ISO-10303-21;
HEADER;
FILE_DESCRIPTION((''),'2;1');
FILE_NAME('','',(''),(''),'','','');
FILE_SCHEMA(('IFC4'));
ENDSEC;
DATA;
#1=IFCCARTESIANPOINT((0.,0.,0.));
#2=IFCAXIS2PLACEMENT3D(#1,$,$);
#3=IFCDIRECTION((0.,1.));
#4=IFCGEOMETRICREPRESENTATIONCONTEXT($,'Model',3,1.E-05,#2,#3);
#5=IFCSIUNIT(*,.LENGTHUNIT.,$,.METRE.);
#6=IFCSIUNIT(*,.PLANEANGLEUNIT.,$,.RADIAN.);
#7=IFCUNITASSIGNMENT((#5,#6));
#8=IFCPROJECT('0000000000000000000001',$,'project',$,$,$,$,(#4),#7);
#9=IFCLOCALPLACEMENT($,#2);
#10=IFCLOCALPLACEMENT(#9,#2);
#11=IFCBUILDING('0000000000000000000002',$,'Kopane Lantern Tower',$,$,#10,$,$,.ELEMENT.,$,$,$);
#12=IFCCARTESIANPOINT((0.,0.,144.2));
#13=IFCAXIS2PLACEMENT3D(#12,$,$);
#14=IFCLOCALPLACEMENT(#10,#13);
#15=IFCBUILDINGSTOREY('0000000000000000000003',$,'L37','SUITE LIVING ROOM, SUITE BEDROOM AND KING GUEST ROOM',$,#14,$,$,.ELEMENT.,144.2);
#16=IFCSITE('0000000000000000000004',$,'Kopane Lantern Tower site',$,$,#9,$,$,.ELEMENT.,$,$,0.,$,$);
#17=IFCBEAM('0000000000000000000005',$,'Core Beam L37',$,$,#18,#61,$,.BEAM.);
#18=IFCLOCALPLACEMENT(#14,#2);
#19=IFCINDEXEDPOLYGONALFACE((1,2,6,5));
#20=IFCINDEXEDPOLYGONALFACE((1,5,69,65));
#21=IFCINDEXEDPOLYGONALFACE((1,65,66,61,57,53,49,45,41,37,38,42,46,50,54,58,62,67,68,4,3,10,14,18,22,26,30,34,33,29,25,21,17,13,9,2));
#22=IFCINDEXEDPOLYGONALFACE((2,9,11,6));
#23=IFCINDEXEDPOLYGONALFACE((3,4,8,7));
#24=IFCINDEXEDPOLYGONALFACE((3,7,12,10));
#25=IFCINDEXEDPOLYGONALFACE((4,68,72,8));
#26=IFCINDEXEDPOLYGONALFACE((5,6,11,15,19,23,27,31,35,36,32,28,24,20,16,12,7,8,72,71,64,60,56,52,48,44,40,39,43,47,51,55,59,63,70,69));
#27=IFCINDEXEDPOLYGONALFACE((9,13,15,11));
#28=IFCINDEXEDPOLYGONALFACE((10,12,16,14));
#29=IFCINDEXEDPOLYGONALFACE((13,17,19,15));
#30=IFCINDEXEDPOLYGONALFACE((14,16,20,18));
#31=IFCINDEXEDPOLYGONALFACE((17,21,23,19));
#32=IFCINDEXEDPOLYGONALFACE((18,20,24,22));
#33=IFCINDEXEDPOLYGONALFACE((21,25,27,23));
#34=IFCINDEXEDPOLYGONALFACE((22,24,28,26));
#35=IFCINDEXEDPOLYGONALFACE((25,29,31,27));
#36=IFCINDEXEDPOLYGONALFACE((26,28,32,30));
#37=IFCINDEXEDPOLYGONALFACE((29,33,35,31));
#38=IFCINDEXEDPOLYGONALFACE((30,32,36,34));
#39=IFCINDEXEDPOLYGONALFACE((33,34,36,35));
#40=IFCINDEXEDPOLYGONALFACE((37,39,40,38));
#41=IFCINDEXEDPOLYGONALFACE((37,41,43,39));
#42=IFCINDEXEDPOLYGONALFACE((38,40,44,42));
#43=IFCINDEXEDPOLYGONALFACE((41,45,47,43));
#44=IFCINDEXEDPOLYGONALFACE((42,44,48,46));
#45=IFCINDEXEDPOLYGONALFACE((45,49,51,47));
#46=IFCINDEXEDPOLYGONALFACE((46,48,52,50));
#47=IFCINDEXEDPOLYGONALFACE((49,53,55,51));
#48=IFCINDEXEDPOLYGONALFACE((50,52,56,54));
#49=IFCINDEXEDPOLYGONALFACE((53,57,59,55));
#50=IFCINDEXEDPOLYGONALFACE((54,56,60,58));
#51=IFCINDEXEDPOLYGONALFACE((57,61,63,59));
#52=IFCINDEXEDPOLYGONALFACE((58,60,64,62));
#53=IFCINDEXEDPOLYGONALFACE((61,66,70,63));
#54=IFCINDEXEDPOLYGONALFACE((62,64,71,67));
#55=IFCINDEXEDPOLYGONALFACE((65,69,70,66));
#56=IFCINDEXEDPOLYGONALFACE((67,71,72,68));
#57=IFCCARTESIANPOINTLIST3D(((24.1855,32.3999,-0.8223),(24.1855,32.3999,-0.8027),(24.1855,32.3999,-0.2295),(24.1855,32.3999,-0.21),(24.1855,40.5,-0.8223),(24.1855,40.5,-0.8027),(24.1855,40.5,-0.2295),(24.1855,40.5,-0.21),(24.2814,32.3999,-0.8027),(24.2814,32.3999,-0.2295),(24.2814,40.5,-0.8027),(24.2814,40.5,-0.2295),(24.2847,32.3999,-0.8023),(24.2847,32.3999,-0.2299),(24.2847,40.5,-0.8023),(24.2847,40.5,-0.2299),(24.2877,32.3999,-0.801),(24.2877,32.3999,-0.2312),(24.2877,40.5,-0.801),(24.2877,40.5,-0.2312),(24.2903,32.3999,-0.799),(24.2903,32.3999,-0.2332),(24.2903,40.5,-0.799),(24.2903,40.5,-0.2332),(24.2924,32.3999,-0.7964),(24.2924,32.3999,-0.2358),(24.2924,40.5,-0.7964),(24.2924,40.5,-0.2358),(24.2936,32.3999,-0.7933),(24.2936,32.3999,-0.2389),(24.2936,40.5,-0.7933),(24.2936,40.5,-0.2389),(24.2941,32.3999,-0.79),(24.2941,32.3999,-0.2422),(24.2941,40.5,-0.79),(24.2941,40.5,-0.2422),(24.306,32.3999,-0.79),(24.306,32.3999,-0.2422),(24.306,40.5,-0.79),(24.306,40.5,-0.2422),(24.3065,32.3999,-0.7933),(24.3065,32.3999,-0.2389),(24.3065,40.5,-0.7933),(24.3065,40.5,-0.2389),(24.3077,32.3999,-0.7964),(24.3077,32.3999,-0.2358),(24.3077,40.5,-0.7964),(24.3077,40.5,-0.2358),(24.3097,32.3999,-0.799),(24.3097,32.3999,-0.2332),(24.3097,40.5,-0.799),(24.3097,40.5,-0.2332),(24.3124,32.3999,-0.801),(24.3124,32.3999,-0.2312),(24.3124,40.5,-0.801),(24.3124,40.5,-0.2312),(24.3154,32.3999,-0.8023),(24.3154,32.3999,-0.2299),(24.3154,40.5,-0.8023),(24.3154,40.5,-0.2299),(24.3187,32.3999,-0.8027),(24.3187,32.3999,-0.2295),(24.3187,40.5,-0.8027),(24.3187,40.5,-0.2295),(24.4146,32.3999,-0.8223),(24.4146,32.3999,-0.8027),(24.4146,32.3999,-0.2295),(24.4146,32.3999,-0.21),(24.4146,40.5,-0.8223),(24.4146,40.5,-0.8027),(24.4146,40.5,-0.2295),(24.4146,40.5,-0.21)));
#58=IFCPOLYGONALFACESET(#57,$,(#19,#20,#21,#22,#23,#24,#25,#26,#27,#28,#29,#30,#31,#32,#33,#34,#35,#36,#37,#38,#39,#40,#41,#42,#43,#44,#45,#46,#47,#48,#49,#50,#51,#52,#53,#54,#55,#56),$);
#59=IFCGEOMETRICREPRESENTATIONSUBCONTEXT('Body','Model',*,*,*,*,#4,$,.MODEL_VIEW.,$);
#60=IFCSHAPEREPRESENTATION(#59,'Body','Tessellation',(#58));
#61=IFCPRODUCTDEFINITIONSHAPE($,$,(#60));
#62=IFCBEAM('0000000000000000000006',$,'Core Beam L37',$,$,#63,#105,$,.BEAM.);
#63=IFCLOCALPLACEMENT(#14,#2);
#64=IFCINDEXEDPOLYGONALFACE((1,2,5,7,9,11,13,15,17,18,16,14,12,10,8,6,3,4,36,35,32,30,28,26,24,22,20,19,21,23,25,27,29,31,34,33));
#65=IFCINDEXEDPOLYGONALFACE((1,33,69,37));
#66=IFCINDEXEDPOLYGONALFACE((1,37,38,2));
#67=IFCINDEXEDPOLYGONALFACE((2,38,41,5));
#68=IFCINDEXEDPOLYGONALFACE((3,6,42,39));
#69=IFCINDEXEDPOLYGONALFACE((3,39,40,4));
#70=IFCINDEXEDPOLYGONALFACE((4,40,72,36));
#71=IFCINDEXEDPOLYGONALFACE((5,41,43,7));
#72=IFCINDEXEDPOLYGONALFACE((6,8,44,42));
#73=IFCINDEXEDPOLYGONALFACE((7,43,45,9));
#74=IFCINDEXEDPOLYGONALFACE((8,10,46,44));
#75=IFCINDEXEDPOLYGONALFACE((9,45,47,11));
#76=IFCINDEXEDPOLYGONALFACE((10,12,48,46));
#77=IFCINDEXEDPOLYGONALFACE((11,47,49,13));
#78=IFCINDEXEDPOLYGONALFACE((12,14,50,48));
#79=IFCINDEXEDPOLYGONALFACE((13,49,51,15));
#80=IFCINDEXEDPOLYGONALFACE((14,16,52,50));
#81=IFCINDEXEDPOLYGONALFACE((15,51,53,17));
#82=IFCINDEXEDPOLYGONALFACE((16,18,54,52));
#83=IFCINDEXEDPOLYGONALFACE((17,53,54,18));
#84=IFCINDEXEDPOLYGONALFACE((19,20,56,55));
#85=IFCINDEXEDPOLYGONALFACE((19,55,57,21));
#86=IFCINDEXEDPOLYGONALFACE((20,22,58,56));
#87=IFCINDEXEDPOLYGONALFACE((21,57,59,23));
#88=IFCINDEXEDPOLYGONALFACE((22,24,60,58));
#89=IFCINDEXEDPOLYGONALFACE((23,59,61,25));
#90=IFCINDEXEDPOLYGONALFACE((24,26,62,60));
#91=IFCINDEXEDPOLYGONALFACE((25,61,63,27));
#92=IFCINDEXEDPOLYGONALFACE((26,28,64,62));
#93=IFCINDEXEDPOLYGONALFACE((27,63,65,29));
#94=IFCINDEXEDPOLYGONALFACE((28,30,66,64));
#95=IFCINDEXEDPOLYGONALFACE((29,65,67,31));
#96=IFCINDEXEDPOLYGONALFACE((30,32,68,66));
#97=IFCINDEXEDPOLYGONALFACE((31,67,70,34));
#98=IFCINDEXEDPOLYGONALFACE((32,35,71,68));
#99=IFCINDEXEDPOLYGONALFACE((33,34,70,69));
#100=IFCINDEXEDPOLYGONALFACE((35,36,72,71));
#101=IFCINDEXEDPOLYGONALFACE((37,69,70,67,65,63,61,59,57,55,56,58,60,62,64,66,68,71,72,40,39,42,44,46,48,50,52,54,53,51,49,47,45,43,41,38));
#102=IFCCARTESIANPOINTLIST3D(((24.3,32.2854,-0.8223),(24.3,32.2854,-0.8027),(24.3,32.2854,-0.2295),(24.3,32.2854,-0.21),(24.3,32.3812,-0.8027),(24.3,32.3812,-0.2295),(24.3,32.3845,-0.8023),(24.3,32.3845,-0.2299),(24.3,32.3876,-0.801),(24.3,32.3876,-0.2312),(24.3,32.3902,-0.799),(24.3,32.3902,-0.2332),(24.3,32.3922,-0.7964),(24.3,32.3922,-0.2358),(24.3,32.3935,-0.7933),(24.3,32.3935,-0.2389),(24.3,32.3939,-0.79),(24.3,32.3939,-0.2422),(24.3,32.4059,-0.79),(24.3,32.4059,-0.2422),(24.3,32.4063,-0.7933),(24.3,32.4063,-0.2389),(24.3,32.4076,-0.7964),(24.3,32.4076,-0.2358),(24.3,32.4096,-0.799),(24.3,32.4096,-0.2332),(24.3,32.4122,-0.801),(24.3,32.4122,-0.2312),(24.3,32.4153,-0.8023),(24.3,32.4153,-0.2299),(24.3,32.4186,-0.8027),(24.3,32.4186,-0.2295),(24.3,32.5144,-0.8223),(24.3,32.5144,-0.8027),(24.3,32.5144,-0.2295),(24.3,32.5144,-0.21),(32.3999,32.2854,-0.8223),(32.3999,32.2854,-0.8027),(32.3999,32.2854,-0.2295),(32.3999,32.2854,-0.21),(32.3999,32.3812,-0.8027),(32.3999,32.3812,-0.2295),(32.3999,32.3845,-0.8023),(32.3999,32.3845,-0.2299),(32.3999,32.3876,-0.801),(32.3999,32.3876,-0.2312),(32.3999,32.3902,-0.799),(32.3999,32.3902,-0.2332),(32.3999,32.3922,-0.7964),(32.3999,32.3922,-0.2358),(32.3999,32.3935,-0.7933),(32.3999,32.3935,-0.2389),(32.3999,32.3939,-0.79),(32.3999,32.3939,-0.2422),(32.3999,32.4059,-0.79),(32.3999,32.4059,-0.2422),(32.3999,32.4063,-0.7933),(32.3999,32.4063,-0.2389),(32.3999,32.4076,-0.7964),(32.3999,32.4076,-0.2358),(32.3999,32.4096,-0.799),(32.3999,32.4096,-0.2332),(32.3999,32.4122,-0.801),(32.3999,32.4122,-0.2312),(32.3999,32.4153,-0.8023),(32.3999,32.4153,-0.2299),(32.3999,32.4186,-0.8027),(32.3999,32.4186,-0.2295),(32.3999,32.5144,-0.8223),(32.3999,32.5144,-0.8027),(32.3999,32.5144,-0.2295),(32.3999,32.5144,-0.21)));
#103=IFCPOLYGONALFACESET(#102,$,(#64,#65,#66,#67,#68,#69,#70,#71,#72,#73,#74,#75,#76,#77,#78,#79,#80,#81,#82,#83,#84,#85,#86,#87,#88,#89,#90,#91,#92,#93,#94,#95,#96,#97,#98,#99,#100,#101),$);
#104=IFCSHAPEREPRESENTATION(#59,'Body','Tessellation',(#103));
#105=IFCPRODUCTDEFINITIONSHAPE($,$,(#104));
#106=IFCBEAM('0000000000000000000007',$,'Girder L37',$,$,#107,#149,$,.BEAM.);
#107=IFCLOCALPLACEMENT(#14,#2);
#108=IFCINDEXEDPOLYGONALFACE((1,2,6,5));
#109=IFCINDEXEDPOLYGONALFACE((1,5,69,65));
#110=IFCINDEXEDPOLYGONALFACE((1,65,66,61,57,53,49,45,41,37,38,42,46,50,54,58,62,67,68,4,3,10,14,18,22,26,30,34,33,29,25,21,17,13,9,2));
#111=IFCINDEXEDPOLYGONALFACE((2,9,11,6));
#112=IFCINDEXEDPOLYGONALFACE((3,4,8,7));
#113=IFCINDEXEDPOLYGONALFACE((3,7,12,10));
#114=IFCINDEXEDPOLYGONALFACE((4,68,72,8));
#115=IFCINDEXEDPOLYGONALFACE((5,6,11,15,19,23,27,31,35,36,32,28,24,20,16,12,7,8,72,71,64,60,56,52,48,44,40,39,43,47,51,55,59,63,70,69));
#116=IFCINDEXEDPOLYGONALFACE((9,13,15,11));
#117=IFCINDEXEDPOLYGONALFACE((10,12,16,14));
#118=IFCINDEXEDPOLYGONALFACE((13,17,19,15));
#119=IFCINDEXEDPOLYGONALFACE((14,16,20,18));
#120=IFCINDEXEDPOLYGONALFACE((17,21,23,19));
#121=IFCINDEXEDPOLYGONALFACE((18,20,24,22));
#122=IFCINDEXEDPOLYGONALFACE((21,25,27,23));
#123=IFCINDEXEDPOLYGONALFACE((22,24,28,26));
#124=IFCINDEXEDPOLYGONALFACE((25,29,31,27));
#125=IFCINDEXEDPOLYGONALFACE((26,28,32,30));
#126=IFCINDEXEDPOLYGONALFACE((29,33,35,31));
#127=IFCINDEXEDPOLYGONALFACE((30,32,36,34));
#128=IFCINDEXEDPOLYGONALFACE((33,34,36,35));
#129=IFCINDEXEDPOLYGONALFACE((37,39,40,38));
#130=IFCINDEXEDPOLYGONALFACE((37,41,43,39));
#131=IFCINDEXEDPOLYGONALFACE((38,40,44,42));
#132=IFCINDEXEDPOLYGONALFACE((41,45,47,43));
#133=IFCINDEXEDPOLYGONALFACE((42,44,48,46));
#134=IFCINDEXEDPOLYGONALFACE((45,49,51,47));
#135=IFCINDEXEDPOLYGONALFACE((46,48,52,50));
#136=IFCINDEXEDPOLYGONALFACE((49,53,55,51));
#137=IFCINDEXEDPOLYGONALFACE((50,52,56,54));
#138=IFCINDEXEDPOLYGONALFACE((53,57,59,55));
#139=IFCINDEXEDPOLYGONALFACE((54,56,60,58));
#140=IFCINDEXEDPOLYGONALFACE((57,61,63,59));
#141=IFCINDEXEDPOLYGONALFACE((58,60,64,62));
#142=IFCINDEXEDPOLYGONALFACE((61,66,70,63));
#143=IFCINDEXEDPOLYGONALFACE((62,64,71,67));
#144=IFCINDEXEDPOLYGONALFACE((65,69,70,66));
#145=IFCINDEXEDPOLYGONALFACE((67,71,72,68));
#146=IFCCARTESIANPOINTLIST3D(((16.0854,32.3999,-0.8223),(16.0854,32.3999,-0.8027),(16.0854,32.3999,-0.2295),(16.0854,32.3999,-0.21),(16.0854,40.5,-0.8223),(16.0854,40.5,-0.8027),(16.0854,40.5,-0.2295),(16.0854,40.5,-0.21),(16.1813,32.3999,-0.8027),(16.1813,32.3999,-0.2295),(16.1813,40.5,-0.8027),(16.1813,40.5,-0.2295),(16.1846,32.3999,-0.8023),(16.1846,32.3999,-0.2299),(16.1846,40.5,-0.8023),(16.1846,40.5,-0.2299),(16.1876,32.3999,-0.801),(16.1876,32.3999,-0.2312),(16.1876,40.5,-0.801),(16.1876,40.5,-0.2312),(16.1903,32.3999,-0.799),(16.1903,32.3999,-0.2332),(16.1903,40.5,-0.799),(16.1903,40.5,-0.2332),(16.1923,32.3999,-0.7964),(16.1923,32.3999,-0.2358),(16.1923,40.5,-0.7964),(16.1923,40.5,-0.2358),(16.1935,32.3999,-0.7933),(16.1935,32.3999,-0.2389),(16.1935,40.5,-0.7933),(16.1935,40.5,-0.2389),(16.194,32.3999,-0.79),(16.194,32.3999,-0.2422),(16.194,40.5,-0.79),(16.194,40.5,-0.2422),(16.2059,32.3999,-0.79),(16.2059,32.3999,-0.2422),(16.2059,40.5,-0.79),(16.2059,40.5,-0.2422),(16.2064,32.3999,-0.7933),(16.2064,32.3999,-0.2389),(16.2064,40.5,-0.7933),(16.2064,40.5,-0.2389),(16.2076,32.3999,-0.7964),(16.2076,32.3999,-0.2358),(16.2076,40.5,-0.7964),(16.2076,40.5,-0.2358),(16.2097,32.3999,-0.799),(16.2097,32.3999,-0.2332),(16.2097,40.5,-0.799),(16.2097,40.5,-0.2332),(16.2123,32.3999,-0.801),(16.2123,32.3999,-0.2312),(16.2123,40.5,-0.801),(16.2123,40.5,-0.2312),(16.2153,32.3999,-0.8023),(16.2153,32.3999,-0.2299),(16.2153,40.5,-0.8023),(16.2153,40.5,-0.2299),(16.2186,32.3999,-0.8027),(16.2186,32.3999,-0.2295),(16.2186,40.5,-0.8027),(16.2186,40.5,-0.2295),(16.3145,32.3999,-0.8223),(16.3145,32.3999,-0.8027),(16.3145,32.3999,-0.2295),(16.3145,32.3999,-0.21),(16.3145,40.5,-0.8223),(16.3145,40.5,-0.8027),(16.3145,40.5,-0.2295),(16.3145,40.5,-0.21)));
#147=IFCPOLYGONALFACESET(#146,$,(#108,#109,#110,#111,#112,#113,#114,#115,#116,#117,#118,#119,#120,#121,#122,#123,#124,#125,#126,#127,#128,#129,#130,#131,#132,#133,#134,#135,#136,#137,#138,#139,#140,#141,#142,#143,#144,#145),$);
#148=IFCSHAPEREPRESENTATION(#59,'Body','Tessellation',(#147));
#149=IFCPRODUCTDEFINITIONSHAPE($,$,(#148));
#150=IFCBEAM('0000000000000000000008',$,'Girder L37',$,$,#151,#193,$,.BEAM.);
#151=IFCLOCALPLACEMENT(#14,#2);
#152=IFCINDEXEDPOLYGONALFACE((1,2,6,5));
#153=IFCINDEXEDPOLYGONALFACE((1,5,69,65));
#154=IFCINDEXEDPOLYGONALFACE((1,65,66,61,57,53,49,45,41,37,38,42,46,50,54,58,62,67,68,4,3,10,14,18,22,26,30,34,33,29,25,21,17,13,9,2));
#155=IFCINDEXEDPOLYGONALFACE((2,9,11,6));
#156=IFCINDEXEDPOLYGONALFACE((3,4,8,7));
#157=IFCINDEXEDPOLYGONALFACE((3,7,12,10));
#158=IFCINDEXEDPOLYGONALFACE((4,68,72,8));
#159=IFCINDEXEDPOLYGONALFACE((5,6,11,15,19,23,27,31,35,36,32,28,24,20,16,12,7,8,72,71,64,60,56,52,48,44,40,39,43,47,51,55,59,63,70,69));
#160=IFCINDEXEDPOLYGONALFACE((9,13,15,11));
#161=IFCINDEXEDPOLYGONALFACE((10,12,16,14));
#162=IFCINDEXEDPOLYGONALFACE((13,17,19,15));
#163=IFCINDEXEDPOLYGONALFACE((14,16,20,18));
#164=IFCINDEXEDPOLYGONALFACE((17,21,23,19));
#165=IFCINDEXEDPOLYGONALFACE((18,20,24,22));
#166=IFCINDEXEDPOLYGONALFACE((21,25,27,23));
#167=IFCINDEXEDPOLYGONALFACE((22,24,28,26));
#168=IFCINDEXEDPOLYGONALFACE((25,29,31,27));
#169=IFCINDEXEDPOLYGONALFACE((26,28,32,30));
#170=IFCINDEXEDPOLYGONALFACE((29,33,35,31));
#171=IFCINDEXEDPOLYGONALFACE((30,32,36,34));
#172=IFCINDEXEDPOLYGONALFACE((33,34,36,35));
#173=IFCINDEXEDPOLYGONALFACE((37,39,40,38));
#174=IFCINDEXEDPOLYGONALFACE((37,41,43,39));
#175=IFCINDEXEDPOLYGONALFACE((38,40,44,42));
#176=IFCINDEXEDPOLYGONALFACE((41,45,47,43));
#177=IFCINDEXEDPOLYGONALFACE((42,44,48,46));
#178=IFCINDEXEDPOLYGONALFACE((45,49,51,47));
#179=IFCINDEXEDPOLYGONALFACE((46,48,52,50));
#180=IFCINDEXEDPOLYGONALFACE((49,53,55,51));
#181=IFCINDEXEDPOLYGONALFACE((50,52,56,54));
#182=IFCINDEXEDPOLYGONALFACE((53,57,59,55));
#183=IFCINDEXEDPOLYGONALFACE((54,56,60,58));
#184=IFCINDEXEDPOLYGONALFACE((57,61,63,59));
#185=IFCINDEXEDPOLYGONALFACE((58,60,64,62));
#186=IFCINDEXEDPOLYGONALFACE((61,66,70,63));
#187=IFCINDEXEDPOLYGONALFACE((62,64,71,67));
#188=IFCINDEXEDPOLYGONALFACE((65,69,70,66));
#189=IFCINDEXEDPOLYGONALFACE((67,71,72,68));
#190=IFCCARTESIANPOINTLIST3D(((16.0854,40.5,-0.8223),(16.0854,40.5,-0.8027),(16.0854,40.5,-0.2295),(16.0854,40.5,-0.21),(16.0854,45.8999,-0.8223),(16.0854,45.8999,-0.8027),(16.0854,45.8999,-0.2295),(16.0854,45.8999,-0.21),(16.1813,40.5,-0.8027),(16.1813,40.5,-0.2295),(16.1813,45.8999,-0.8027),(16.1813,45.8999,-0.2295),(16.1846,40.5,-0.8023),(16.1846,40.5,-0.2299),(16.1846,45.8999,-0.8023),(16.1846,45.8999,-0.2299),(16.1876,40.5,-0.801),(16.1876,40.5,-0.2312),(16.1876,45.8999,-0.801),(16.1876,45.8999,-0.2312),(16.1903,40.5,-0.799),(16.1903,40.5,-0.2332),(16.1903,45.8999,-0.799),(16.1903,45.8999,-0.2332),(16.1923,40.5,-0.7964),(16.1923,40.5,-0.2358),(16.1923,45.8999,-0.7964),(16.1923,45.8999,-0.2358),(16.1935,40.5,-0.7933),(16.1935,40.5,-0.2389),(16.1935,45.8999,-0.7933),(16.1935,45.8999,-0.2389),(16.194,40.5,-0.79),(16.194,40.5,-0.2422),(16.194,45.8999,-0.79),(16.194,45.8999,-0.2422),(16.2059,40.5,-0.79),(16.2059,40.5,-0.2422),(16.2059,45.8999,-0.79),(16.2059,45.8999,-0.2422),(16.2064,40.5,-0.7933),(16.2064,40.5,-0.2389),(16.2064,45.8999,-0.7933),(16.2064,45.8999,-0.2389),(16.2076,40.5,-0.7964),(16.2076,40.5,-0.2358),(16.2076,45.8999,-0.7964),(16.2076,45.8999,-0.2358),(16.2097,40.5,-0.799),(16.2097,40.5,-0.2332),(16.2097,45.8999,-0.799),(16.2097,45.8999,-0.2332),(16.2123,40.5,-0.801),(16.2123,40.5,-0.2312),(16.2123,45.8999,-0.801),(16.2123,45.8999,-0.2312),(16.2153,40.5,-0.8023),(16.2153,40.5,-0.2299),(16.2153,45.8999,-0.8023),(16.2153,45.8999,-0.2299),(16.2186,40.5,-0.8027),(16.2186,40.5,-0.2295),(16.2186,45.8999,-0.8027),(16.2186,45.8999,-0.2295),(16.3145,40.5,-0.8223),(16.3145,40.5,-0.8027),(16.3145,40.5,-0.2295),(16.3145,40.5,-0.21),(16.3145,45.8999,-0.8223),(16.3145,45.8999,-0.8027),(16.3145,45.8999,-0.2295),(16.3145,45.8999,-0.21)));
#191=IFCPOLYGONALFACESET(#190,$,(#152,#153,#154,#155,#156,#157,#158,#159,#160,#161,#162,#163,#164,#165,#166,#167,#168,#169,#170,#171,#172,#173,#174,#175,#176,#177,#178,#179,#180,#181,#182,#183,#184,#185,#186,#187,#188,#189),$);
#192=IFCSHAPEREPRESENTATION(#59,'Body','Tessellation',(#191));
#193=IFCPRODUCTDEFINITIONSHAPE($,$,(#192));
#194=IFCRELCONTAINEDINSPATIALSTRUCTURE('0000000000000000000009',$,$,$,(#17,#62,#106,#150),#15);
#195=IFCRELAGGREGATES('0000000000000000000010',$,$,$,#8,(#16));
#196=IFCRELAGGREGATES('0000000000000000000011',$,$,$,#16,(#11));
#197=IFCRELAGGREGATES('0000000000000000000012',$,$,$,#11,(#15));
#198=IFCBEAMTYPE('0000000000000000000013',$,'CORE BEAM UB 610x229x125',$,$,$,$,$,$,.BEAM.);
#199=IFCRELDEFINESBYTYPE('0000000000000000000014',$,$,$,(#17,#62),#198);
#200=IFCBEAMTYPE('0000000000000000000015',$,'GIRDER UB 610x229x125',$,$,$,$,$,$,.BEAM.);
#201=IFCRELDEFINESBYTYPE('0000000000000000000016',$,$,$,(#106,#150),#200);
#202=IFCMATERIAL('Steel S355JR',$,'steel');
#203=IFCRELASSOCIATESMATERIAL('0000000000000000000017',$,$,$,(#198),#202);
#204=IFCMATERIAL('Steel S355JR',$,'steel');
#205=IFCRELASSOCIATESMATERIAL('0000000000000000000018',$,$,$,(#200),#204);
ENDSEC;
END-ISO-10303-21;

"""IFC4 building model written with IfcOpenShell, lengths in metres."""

from ifc_helpers import new_model, si_unit, direction, frame, origin, origin_2d, place, context, subcontext, project, spatial, i_section, extrude, material, material_profile, profile_set, type_object, element, save


model = new_model("IFC4")

# Units and contexts
model_context = context("Model", 3, precision=1e-05, world=origin(), true_north=direction((0.0, 1.0)))
body_context = subcontext(model_context, "Body", "Model", "MODEL_VIEW")
ifc_project = project(units=[si_unit("LENGTHUNIT", "METRE"), si_unit("PLANEANGLEUNIT", "RADIAN")], contexts=[model_context])

# Site, building, storey
site_placement = place(None, origin())
site = spatial("IfcSite", under=ifc_project, at=site_placement, Name="Kopane Lantern Tower site", CompositionType="ELEMENT", RefElevation=0.0)
building_placement = place(site_placement, origin())
building = spatial("IfcBuilding", under=site, at=building_placement, Name="Kopane Lantern Tower", CompositionType="ELEMENT")
storey_placement = place(building_placement, frame((0.0, 0.0, 144.2)))
storey = spatial("IfcBuildingStorey", under=building, at=storey_placement, Name="L37", Description="SUITE LIVING ROOM, SUITE BEDROOM AND KING GUEST ROOM", CompositionType="ELEMENT", Elevation=144.2)

# Beams
ifc_material_1 = material(Name="Steel S355JR", Category="steel")
ifc_material_profile_1 = material_profile(ifc_material_1, i_section(OverallWidth=0.229, OverallDepth=0.6123, WebThickness=0.012, FlangeThickness=0.0195, FilletRadius=0.0127, at=origin_2d()), Name="UB 610x229x125")
ifc_profile_set_1 = profile_set([ifc_material_profile_1], Name="Steel S355JR")
beam_type_1 = type_object("IfcBeamType", Name="CORE BEAM UB 610x229x125", PredefinedType="BEAM", material=ifc_profile_set_1)
for number, where, z_axis, x_axis, name in (
    (1, (24.3, 32.3999, -0.5161), (0.0, 1.0, 0.0), (-1.0, 0.0, 0.0), "Core Beam L37"),
):
    element("IfcBeam", number, at=place(storey_placement, frame(where, z_axis=z_axis, x_axis=x_axis)), inside=storey, type_object=beam_type_1, Name=name, PredefinedType="BEAM", context=body_context, shape_type="SweptSolid", body=[
        extrude(i_section(OverallWidth=0.229, OverallDepth=0.6123, WebThickness=0.012, FlangeThickness=0.0195, FilletRadius=0.0127, at=origin_2d()), origin(), (0.0, 0.0, 1.0), 8.1001),
    ])
beam_1_placement = place(storey_placement, frame((24.3, 32.3999, -0.5161), z_axis=(1.0, 0.0, 0.0), x_axis=(0.0, 1.0, 0.0)))
element("IfcBeam", 2, at=beam_1_placement, inside=storey, type_object=beam_type_1, Name="Core Beam L37", PredefinedType="BEAM", context=body_context, shape_type="SweptSolid", body=[
    extrude(i_section(OverallWidth=0.229, OverallDepth=0.6123, WebThickness=0.012, FlangeThickness=0.0195, FilletRadius=0.0127, at=origin_2d()), origin(), (0.0, 0.0, 1.0), 8.0999),
])
ifc_material_2 = material(Name="Steel S355JR", Category="steel")
ifc_material_profile_2 = material_profile(ifc_material_2, i_section(OverallWidth=0.229, OverallDepth=0.6123, WebThickness=0.012, FlangeThickness=0.0195, FilletRadius=0.0127, at=origin_2d()), Name="UB 610x229x125")
ifc_profile_set_2 = profile_set([ifc_material_profile_2], Name="Steel S355JR")
beam_type_2 = type_object("IfcBeamType", Name="GIRDER UB 610x229x125", PredefinedType="BEAM", material=ifc_profile_set_2)
beam_2_placement = place(storey_placement, frame((16.2, 32.3999, -0.5161), z_axis=(0.0, 1.0, 0.0), x_axis=(-1.0, 0.0, 0.0)))
element("IfcBeam", 3, at=beam_2_placement, inside=storey, type_object=beam_type_2, Name="Girder L37", PredefinedType="BEAM", context=body_context, shape_type="SweptSolid", body=[
    extrude(i_section(OverallWidth=0.229, OverallDepth=0.6123, WebThickness=0.012, FlangeThickness=0.0195, FilletRadius=0.0127, at=origin_2d()), origin(), (0.0, 0.0, 1.0), 8.1001),
])
beam_3_placement = place(storey_placement, frame((16.2, 40.5, -0.5161), z_axis=(0.0, 1.0, 0.0), x_axis=(-1.0, 0.0, 0.0)))
element("IfcBeam", 4, at=beam_3_placement, inside=storey, type_object=beam_type_2, Name="Girder L37", PredefinedType="BEAM", context=body_context, shape_type="SweptSolid", body=[
    extrude(i_section(OverallWidth=0.229, OverallDepth=0.6123, WebThickness=0.012, FlangeThickness=0.0195, FilletRadius=0.0127, at=origin_2d()), origin(), (0.0, 0.0, 1.0), 5.3999),
])

save(model, "model.ifc")
